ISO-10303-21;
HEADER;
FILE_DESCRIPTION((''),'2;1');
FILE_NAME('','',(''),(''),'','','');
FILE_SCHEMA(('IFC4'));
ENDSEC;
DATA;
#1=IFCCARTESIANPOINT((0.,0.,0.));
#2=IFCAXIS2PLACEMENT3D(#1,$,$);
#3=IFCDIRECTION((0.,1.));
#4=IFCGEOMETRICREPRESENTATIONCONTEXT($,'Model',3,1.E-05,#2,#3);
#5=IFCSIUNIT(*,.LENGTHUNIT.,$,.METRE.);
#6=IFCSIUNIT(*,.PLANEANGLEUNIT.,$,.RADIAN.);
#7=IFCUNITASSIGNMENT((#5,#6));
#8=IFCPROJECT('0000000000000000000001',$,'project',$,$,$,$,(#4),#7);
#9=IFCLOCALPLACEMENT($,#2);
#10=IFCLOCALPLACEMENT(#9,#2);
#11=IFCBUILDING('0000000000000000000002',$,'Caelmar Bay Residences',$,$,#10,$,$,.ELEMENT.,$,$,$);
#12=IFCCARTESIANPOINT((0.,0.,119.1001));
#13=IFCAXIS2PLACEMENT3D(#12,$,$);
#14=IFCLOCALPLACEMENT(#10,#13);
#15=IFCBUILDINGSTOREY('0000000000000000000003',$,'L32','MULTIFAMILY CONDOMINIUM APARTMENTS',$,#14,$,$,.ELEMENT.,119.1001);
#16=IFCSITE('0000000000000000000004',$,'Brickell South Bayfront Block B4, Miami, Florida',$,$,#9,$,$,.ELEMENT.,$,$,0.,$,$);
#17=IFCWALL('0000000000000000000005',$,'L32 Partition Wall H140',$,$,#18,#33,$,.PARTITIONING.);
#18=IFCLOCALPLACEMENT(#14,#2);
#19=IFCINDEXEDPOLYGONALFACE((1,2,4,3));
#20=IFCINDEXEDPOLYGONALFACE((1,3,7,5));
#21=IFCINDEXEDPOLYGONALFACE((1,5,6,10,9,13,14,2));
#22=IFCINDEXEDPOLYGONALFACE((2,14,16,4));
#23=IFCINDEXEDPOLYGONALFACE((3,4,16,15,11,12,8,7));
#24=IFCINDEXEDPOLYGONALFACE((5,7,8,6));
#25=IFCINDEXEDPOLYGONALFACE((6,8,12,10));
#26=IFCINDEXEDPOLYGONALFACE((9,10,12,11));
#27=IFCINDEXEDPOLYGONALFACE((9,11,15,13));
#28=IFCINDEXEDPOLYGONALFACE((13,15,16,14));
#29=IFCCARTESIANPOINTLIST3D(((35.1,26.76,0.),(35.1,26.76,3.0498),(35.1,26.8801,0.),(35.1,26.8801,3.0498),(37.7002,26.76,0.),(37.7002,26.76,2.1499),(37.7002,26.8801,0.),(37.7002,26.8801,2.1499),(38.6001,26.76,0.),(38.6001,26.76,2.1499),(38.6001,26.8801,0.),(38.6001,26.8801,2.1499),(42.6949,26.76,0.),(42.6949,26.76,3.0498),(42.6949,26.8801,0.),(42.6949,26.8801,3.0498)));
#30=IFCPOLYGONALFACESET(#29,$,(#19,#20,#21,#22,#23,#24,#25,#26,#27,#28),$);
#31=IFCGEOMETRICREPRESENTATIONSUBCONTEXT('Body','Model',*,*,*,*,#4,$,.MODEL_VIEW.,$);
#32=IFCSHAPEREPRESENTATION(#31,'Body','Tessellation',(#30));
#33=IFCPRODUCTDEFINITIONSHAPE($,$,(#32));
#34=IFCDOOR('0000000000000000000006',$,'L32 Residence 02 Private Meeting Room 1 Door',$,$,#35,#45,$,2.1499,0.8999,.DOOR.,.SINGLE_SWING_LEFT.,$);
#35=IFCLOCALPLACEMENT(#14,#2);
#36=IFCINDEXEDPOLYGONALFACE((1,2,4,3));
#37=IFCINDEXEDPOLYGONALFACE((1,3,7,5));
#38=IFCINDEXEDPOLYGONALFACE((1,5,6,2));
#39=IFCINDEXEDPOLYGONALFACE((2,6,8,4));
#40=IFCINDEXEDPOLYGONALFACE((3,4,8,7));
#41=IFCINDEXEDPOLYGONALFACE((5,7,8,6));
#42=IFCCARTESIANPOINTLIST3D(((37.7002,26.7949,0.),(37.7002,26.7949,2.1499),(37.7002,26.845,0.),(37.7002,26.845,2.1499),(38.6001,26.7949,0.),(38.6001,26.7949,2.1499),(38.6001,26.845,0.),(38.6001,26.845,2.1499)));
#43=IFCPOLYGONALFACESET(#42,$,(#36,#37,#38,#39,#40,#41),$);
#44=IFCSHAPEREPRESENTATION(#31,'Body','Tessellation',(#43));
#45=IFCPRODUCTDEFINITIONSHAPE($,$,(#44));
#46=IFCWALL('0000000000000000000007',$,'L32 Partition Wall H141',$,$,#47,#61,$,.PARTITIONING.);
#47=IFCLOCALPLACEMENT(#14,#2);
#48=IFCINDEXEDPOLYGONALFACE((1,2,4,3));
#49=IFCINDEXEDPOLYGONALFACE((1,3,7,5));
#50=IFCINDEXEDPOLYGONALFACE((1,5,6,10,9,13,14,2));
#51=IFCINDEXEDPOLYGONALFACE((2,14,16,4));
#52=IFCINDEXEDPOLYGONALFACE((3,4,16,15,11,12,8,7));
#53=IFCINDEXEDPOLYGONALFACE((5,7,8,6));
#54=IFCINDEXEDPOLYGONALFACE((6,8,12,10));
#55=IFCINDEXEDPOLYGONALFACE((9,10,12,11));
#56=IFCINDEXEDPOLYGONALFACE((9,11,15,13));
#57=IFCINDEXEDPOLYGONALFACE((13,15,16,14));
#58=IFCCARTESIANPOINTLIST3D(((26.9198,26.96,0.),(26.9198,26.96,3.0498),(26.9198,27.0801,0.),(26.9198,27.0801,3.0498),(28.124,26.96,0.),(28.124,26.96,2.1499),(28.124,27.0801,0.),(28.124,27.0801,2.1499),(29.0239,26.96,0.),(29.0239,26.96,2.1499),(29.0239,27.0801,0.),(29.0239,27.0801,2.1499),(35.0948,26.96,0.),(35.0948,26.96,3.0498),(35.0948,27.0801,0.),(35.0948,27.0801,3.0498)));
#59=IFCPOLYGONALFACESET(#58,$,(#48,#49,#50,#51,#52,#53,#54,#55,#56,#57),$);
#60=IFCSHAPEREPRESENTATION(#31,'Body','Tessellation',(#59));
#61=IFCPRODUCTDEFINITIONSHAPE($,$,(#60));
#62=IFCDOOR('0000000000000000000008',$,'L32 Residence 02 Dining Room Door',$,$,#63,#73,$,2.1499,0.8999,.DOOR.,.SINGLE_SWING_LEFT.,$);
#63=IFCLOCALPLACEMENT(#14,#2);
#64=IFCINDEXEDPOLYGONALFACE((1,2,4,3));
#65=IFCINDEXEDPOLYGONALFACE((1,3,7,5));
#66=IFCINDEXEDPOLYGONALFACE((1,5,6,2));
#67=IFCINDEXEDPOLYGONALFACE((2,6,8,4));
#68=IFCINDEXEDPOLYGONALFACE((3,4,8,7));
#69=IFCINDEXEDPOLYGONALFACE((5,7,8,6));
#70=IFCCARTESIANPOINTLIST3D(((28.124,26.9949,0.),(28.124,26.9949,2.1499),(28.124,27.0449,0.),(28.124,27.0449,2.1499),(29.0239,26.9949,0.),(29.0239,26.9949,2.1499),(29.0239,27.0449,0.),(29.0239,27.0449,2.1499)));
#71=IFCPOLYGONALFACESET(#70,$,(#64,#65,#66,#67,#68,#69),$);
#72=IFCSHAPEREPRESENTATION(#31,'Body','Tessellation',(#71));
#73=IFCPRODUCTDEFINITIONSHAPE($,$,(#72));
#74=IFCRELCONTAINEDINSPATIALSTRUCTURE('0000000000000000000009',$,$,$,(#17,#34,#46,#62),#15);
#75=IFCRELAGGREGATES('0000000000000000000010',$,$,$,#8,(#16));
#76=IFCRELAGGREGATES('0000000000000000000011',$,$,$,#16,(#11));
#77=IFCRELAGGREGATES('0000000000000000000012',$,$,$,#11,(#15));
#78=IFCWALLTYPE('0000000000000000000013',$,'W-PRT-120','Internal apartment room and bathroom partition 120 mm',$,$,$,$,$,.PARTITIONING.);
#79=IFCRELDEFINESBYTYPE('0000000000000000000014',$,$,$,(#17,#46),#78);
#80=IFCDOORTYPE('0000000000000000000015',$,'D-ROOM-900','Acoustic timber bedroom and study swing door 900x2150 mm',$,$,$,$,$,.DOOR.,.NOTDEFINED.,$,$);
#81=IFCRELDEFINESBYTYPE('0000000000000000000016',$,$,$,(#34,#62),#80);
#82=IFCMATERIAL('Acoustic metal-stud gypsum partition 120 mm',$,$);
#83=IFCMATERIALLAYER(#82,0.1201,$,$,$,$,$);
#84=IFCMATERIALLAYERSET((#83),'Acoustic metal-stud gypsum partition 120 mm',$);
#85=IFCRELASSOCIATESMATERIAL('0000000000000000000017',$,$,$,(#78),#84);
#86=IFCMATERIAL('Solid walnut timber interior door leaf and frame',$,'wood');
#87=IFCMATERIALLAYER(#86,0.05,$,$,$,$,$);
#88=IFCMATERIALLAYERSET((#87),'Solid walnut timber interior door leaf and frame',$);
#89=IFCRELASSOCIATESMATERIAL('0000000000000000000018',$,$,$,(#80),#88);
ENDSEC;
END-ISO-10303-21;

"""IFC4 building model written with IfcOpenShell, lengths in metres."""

from ifc_helpers import new_model, si_unit, direction, frame, frame_2d, origin, place, context, subcontext, project, spatial, rectangle, extrude, material, layer, layer_set, type_object, element, fill, save


model = new_model("IFC4")

# Units and contexts
model_context = context("Model", 3, precision=1e-05, world=origin(), true_north=direction((0.0, 1.0)))
body_context = subcontext(model_context, "Body", "Model", "MODEL_VIEW")
ifc_project = project(units=[si_unit("LENGTHUNIT", "METRE"), si_unit("PLANEANGLEUNIT", "RADIAN")], contexts=[model_context])

# Site, building, storey
site_placement = place(None, origin())
site = spatial("IfcSite", under=ifc_project, at=site_placement, Name="Brickell South Bayfront Block B4, Miami, Florida", CompositionType="ELEMENT", RefElevation=0.0)
building_placement = place(site_placement, origin())
building = spatial("IfcBuilding", under=site, at=building_placement, Name="Caelmar Bay Residences", CompositionType="ELEMENT")
storey_placement = place(building_placement, frame((0.0, 0.0, 119.1001)))
storey = spatial("IfcBuildingStorey", under=building, at=storey_placement, Name="L32", Description="MULTIFAMILY CONDOMINIUM APARTMENTS", CompositionType="ELEMENT", Elevation=119.1001)

# Shared definitions
ifc_material_1 = material(Name="Acoustic metal-stud gypsum partition 120 mm")
ifc_layer_1 = layer(ifc_material_1, 0.1201)
ifc_layer_set_1 = layer_set([ifc_layer_1], Name="Acoustic metal-stud gypsum partition 120 mm")
wall_type = type_object("IfcWallType", Name="W-PRT-120", Description="Internal apartment room and bathroom partition 120 mm", PredefinedType="PARTITIONING", material=ifc_layer_set_1)
ifc_material_2 = material(Name="Solid walnut timber interior door leaf and frame", Category="wood")
ifc_layer_2 = layer(ifc_material_2, 0.05)
ifc_layer_set_2 = layer_set([ifc_layer_2], Name="Solid walnut timber interior door leaf and frame")
door_type_1 = type_object("IfcDoorType", Name="D-ROOM-900", Description="Acoustic timber bedroom and study swing door 900x2150 mm", OperationType="NOTDEFINED", PredefinedType="DOOR", material=ifc_layer_set_2)

# Walls, openings, doors
wall_1_placement = place(storey_placement, frame((35.1001, 26.8201, 0.0), z_axis=(0.0, 0.0, 1.0), x_axis=(1.0, 0.0, 0.0)))
wall_1 = element("IfcWall", 1, at=wall_1_placement, inside=storey, type_object=wall_type, Name="L32 Partition Wall H140", PredefinedType="PARTITIONING", context=body_context, shape_type="SweptSolid", body=[
    extrude(rectangle(XDim=7.595, YDim=0.1201, at=frame_2d((3.7974, 0.0))), origin(), (0.0, 0.0, 1.0), 3.0498),
])
opening_1_placement = place(wall_1_placement, frame((2.6001, 0.0, 0.0)))
opening_1 = element("IfcOpeningElement", 2, at=opening_1_placement, cuts=wall_1, PredefinedType="OPENING", context=body_context, shape_type="SweptSolid", body=[
    extrude(rectangle(XDim=0.8999, YDim=2.1499, at=frame_2d((0.45, 1.075))), frame((0.0, 0.0701, 0.0), z_axis=(0.0, -1.0, 0.0), x_axis=(1.0, 0.0, 0.0)), (0.0, 0.0, 1.0), 0.1401),
])
door_1_placement = place(opening_1_placement, origin())
door_1 = element("IfcDoor", 3, at=door_1_placement, inside=storey, type_object=door_type_1, Name="L32 Residence 02 Private Meeting Room 1 Door", OperationType="SINGLE_SWING_LEFT", OverallHeight=2.1499, OverallWidth=0.8999, PredefinedType="DOOR", context=body_context, shape_type="SweptSolid", body=[
    extrude(rectangle(XDim=0.8999, YDim=2.1499, at=frame_2d((0.45, 1.075))), frame((0.0, 0.0249, 0.0), z_axis=(0.0, -1.0, 0.0), x_axis=(1.0, 0.0, 0.0)), (0.0, 0.0, 1.0), 0.05),
])
fill(opening_1, door_1)
wall_2_placement = place(storey_placement, frame((26.9199, 27.02, 0.0), z_axis=(0.0, 0.0, 1.0), x_axis=(1.0, 0.0, 0.0)))
wall_2 = element("IfcWall", 4, at=wall_2_placement, inside=storey, type_object=wall_type, Name="L32 Partition Wall H141", PredefinedType="PARTITIONING", context=body_context, shape_type="SweptSolid", body=[
    extrude(rectangle(XDim=8.175, YDim=0.1201, at=frame_2d((4.0874, 0.0))), origin(), (0.0, 0.0, 1.0), 3.0498),
])
opening_2_placement = place(wall_2_placement, frame((1.2041, 0.0, 0.0)))
opening_2 = element("IfcOpeningElement", 5, at=opening_2_placement, cuts=wall_2, PredefinedType="OPENING", context=body_context, shape_type="SweptSolid", body=[
    extrude(rectangle(XDim=0.8999, YDim=2.1499, at=frame_2d((0.45, 1.075))), frame((0.0, 0.0701, 0.0), z_axis=(0.0, -1.0, 0.0), x_axis=(1.0, 0.0, 0.0)), (0.0, 0.0, 1.0), 0.1401),
])
door_2_placement = place(opening_2_placement, origin())
door_2 = element("IfcDoor", 6, at=door_2_placement, inside=storey, type_object=door_type_1, Name="L32 Residence 02 Dining Room Door", OperationType="SINGLE_SWING_LEFT", OverallHeight=2.1499, OverallWidth=0.8999, PredefinedType="DOOR", context=body_context, shape_type="SweptSolid", body=[
    extrude(rectangle(XDim=0.8999, YDim=2.1499, at=frame_2d((0.45, 1.075))), frame((0.0, 0.0249, 0.0), z_axis=(0.0, -1.0, 0.0), x_axis=(1.0, 0.0, 0.0)), (0.0, 0.0, 1.0), 0.05),
])
fill(opening_2, door_2)

save(model, "model.ifc")
